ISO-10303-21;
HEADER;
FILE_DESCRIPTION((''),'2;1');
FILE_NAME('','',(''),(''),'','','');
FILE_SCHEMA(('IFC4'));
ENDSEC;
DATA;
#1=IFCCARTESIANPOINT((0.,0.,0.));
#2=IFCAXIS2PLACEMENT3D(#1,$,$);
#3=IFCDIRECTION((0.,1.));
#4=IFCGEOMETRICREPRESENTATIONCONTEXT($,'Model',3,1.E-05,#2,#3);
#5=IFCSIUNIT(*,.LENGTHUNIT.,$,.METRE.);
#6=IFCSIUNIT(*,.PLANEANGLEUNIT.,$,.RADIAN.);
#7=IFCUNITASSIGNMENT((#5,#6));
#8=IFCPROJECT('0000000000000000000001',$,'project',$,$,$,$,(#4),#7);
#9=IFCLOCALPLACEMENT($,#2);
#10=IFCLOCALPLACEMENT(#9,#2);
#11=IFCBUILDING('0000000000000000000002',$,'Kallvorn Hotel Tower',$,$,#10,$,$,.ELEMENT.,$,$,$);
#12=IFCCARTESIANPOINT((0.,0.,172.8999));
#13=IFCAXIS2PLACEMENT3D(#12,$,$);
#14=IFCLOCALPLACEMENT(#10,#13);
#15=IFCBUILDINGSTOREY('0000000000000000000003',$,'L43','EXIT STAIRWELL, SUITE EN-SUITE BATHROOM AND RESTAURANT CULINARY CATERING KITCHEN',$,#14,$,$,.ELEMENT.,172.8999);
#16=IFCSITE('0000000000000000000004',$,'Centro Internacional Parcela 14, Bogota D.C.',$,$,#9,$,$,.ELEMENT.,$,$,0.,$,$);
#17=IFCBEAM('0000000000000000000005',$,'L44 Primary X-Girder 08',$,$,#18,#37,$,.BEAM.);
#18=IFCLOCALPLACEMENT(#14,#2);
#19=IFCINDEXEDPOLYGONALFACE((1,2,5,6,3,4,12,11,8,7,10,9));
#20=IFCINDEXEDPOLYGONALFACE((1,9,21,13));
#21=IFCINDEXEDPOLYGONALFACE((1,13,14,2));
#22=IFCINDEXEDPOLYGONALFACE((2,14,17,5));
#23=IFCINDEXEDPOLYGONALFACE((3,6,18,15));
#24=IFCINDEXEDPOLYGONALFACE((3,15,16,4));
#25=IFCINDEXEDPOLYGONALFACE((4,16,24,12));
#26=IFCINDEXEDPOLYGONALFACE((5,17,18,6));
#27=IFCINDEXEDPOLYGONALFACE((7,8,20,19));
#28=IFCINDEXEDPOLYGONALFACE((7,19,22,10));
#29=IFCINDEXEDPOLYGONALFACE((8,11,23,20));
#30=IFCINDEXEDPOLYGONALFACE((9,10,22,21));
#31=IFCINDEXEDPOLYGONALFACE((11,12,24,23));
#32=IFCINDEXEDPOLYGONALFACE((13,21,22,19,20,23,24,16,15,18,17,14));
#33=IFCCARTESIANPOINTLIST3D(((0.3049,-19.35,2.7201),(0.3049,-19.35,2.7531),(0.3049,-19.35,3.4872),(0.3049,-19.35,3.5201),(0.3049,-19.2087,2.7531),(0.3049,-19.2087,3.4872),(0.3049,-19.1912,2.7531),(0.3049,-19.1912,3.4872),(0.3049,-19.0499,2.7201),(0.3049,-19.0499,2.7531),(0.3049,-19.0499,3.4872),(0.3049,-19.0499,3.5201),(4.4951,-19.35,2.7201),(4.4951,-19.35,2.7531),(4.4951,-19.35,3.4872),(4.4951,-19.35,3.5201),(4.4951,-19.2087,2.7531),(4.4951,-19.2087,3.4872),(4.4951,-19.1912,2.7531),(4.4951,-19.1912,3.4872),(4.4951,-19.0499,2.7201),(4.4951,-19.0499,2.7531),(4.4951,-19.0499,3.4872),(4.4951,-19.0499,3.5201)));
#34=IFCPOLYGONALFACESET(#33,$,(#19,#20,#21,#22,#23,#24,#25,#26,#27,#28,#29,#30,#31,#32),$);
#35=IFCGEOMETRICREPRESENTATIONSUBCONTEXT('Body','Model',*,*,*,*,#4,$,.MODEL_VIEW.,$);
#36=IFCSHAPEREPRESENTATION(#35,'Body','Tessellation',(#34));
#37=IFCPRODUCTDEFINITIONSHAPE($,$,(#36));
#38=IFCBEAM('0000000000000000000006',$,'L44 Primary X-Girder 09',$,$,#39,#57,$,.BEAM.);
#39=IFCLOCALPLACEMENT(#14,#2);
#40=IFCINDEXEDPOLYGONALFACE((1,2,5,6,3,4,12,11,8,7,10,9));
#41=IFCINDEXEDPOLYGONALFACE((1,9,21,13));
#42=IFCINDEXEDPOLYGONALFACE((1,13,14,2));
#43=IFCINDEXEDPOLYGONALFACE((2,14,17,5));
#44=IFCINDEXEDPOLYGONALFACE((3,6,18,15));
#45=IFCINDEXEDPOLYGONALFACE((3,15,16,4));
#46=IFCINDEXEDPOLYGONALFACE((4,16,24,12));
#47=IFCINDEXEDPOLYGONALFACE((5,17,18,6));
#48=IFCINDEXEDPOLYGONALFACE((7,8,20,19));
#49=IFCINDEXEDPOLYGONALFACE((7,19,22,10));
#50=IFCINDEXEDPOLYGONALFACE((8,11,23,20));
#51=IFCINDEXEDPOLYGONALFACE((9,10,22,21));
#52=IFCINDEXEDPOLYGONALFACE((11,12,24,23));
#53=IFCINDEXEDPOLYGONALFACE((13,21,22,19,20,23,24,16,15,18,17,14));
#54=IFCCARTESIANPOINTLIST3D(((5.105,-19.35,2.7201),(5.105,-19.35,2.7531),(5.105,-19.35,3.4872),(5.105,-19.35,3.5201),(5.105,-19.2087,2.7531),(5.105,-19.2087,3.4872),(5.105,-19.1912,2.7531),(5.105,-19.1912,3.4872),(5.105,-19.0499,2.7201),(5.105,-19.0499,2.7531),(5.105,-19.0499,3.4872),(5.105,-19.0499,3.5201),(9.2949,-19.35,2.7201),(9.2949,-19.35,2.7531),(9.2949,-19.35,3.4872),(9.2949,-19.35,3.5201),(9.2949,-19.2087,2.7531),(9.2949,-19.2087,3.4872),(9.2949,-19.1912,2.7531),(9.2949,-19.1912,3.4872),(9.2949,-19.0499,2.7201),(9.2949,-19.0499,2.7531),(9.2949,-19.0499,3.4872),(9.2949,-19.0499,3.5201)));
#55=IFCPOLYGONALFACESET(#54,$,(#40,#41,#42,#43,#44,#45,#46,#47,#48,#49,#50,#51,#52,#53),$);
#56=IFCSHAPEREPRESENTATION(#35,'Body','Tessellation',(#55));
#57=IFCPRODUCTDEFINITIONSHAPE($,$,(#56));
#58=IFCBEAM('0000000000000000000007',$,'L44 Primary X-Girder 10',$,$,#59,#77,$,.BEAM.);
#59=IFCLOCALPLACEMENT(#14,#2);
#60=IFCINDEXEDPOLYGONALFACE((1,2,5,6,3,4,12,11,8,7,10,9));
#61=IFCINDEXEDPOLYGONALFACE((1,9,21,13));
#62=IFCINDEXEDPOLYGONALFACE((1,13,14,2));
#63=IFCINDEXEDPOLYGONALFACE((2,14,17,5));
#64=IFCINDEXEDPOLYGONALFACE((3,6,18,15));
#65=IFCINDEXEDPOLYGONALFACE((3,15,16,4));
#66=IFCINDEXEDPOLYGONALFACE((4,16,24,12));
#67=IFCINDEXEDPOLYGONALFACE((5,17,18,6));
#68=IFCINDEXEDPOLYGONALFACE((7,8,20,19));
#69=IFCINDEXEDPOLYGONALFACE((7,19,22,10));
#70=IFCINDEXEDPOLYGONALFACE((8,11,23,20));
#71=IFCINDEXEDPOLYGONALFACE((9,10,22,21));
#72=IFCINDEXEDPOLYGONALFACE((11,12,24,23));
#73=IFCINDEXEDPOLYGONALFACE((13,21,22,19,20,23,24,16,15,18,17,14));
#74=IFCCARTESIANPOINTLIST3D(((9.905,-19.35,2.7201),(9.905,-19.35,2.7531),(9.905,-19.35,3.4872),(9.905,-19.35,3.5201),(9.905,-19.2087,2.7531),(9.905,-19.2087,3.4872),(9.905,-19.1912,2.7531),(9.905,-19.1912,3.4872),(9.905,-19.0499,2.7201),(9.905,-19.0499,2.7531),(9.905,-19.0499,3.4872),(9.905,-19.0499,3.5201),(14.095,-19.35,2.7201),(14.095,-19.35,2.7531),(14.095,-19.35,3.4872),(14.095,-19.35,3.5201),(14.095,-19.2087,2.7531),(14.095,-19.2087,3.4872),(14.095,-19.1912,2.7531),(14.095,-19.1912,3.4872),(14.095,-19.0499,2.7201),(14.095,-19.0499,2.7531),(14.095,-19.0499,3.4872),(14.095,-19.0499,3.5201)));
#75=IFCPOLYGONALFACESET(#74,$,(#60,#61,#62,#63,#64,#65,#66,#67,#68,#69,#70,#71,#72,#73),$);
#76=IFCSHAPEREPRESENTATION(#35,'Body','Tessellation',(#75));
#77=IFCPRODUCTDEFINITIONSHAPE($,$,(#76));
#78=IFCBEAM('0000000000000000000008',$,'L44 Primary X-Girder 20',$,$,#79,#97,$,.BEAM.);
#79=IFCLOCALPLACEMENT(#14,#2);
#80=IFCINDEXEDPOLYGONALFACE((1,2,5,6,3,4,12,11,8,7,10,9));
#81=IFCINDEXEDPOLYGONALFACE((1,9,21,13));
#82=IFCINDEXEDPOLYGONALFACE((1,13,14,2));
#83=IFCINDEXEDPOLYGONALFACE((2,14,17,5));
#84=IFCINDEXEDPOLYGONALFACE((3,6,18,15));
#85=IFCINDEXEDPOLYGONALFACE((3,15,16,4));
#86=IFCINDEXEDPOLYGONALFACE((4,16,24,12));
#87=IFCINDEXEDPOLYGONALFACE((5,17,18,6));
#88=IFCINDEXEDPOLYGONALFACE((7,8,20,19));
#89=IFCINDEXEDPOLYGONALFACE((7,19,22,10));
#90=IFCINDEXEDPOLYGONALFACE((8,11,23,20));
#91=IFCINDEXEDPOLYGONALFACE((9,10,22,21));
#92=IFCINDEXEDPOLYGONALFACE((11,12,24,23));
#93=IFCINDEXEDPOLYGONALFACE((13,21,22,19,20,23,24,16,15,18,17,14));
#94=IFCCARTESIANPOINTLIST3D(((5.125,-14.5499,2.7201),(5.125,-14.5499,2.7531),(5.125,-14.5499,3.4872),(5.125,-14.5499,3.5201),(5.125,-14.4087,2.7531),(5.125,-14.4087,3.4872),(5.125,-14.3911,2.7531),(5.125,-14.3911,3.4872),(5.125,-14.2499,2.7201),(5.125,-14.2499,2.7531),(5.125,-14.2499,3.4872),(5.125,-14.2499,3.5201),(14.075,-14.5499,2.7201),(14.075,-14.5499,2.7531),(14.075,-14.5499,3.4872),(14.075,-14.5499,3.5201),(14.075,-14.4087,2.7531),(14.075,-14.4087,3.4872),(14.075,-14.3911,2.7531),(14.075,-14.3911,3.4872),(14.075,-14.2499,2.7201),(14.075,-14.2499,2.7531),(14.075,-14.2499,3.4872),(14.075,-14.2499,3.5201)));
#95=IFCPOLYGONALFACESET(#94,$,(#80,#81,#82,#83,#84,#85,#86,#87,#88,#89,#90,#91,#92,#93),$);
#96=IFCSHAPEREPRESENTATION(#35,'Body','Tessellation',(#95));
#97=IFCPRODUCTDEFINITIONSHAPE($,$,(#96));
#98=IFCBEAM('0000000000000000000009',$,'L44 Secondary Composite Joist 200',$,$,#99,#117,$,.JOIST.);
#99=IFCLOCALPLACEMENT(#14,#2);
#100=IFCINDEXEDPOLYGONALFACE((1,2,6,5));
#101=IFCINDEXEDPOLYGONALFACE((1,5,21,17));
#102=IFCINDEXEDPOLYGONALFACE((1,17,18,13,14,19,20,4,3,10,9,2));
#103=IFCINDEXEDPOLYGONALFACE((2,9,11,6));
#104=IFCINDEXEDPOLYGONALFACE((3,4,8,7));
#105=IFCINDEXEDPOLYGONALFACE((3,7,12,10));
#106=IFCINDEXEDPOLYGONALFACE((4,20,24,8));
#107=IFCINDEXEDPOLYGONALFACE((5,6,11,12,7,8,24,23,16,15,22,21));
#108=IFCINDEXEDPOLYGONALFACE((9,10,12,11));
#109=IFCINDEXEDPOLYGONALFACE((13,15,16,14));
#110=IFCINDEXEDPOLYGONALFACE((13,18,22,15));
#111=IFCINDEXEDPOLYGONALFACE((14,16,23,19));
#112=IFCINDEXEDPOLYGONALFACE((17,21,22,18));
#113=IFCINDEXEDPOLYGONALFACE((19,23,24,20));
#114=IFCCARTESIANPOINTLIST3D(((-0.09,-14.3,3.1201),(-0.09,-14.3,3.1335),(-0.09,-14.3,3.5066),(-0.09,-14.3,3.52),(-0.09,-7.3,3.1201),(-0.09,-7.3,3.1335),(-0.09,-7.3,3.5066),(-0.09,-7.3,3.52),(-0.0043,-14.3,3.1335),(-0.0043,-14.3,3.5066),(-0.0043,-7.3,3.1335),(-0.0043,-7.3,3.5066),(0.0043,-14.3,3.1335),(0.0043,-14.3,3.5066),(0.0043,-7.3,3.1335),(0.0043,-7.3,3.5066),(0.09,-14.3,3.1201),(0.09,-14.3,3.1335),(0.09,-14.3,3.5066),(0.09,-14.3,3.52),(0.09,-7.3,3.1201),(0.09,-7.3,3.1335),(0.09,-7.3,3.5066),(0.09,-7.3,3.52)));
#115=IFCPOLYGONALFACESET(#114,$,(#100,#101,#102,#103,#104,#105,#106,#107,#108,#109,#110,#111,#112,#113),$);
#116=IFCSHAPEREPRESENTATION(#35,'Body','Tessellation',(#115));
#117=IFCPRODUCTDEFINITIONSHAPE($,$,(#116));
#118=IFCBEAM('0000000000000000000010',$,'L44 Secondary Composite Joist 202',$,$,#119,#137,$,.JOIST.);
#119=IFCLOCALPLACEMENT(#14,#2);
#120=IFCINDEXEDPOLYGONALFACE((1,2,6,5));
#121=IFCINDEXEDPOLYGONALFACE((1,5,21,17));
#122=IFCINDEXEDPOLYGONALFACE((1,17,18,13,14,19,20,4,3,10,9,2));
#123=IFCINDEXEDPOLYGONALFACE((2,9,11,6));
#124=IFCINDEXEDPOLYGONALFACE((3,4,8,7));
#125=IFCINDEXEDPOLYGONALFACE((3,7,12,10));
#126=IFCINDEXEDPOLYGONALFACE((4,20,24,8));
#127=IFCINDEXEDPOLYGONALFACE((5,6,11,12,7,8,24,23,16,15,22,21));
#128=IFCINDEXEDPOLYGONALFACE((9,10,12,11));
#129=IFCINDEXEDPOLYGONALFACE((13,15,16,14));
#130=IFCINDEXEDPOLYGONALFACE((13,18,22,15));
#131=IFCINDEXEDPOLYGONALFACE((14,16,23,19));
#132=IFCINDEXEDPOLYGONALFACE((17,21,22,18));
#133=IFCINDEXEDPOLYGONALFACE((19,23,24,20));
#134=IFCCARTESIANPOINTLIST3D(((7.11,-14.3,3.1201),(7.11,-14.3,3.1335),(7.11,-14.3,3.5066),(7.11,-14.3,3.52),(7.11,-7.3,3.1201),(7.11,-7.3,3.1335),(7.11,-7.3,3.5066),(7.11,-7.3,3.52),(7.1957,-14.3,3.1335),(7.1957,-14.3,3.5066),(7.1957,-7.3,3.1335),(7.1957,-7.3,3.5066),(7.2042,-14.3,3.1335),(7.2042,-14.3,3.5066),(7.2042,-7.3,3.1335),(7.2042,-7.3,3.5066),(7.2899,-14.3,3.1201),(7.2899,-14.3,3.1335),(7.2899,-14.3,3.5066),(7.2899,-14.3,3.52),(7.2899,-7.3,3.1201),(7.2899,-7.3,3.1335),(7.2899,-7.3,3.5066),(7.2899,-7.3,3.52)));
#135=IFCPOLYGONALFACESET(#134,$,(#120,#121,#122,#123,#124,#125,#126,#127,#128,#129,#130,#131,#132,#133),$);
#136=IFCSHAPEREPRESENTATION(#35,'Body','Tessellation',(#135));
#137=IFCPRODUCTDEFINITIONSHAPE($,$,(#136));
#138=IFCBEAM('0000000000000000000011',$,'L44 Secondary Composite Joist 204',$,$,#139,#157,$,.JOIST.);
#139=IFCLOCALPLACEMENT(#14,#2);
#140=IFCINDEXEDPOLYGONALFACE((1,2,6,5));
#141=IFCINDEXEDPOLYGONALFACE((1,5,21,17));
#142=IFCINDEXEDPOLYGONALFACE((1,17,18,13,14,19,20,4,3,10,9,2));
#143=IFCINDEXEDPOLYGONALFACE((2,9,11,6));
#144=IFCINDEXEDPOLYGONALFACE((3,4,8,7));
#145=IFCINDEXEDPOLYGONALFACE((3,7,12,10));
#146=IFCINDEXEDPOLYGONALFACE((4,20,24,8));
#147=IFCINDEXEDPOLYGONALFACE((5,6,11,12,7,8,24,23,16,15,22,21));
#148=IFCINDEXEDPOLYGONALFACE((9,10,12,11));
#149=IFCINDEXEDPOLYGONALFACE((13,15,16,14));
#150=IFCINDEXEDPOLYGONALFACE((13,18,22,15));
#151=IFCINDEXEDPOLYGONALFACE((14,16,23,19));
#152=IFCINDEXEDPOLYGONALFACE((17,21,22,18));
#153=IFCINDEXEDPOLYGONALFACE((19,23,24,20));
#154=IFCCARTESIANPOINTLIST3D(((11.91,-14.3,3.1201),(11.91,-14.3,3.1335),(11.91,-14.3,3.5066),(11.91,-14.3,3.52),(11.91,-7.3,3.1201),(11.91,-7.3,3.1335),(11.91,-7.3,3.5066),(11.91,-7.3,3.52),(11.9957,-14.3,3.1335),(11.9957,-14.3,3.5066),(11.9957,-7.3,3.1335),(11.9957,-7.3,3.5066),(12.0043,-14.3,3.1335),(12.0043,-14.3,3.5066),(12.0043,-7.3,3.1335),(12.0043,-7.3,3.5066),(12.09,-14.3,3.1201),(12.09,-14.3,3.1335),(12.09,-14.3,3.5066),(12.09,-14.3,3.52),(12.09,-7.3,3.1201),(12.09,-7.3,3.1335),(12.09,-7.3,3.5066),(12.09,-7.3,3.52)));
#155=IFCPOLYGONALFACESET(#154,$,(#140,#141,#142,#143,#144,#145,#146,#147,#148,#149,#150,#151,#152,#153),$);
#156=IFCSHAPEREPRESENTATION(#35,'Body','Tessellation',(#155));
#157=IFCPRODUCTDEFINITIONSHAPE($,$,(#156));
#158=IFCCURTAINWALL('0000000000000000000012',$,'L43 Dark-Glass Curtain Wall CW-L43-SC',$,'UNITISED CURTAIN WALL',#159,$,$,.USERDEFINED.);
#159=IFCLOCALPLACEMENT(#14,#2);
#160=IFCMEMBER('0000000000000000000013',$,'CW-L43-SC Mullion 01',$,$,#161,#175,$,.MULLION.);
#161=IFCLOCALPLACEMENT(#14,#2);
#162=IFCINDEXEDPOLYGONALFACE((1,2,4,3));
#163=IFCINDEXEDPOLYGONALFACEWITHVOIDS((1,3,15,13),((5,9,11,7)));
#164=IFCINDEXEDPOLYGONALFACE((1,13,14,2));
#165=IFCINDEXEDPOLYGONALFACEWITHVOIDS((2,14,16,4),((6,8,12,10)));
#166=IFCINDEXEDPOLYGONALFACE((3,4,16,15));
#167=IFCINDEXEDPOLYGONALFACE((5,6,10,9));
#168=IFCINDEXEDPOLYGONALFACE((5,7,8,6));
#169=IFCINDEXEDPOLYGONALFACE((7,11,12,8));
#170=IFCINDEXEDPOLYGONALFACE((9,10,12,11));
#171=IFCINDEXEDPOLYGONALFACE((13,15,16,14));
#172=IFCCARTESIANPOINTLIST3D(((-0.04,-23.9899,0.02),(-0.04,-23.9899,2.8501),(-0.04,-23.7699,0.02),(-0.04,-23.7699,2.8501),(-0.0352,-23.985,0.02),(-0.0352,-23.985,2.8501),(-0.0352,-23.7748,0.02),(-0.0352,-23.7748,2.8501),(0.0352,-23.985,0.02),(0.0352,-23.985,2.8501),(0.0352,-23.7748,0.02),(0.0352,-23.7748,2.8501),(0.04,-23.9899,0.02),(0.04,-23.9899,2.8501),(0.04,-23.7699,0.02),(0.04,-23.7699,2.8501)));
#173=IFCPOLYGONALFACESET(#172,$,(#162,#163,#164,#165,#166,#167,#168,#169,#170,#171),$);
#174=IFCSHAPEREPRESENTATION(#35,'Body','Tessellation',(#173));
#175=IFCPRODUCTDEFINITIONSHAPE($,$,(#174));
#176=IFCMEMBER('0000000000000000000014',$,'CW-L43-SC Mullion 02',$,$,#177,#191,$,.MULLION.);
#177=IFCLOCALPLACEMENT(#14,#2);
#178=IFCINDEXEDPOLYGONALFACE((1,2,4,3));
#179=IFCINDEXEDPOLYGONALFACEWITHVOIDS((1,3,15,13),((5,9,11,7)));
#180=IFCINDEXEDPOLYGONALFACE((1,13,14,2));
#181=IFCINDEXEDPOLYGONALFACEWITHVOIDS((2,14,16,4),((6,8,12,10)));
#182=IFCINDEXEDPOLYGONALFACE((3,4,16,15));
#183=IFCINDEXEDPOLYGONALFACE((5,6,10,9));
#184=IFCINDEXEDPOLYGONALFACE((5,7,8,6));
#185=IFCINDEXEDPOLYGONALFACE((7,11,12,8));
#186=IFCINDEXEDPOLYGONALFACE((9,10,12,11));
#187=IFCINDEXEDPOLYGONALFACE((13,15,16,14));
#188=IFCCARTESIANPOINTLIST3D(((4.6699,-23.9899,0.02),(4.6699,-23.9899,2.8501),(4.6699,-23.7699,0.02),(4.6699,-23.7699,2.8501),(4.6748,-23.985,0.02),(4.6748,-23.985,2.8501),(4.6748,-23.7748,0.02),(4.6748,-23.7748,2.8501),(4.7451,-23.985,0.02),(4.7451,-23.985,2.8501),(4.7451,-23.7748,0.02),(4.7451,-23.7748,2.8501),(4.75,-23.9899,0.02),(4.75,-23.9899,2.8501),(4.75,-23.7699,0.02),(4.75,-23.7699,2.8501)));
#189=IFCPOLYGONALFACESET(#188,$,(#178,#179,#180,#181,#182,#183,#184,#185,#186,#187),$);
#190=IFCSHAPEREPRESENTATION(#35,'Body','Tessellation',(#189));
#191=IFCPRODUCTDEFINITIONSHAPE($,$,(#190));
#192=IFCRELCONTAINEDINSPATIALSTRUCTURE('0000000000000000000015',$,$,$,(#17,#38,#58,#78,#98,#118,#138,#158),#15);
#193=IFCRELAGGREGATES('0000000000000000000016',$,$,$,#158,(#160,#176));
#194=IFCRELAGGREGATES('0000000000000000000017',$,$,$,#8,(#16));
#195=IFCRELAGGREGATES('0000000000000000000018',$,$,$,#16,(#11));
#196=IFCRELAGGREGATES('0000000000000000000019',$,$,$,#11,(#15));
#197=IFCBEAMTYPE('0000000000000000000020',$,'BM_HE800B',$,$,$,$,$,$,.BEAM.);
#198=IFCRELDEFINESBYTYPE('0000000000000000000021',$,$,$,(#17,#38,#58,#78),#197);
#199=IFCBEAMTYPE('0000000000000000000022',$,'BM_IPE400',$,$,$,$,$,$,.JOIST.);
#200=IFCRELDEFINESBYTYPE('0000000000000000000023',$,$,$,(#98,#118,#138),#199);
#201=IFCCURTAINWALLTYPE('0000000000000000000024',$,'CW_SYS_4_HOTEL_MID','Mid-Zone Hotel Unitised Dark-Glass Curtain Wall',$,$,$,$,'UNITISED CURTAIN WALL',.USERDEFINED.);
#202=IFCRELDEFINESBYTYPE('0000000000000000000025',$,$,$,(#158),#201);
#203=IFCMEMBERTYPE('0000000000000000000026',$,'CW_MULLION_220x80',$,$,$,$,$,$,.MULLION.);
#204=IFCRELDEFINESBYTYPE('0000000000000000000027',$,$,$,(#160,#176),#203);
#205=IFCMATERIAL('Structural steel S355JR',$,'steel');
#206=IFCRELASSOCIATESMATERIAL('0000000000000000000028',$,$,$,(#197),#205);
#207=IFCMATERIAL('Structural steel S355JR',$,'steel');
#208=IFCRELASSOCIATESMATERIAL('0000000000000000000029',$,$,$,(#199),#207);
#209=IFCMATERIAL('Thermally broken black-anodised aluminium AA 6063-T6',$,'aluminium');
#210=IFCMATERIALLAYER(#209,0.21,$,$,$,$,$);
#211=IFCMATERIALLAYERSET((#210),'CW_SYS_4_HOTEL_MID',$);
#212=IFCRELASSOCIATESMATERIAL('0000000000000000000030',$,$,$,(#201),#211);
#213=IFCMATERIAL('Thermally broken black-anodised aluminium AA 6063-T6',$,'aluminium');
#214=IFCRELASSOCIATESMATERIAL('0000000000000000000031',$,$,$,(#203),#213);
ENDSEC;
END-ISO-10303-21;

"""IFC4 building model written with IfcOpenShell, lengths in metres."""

from ifc_helpers import new_model, si_unit, direction, frame, origin, origin_2d, place, context, subcontext, project, spatial, hollow_rectangle, i_section, extrude, material, layer, layer_set, material_profile, profile_set, type_object, element, aggregate, save


model = new_model("IFC4")

# Units and contexts
model_context = context("Model", 3, precision=1e-05, world=origin(), true_north=direction((0.0, 1.0)))
body_context = subcontext(model_context, "Body", "Model", "MODEL_VIEW")
ifc_project = project(units=[si_unit("LENGTHUNIT", "METRE"), si_unit("PLANEANGLEUNIT", "RADIAN")], contexts=[model_context])

# Site, building, storey
site_placement = place(None, origin())
site = spatial("IfcSite", under=ifc_project, at=site_placement, Name="Centro Internacional Parcela 14, Bogota D.C.", CompositionType="ELEMENT", RefElevation=0.0)
building_placement = place(site_placement, origin())
building = spatial("IfcBuilding", under=site, at=building_placement, Name="Kallvorn Hotel Tower", CompositionType="ELEMENT")
storey_placement = place(building_placement, frame((0.0, 0.0, 172.8999)))
storey = spatial("IfcBuildingStorey", under=building, at=storey_placement, Name="L43", Description="EXIT STAIRWELL, SUITE EN-SUITE BATHROOM AND RESTAURANT CULINARY CATERING KITCHEN", CompositionType="ELEMENT", Elevation=172.8999)

# Beams
ifc_material_1 = material(Name="Structural steel S355JR", Category="steel")
ifc_material_profile_1 = material_profile(ifc_material_1, i_section(OverallWidth=0.3, OverallDepth=0.8, WebThickness=0.0176, FlangeThickness=0.033, at=origin_2d()), Name="HE 800 B")
ifc_profile_set_1 = profile_set([ifc_material_profile_1], Name="Structural steel S355JR")
beam_type_1 = type_object("IfcBeamType", Name="BM_HE800B", PredefinedType="BEAM", material=ifc_profile_set_1)
beam_1_placement = place(storey_placement, frame((0.3049, -19.2, 3.1201), z_axis=(1.0, 0.0, 0.0), x_axis=(0.0, 1.0, 0.0)))
element("IfcBeam", 1, at=beam_1_placement, inside=storey, type_object=beam_type_1, Name="L44 Primary X-Girder 08", PredefinedType="BEAM", context=body_context, shape_type="SweptSolid", body=[
    extrude(i_section(OverallWidth=0.3, OverallDepth=0.8, WebThickness=0.0176, FlangeThickness=0.033, at=origin_2d()), origin(), (0.0, 0.0, 1.0), 4.1902),
])
for number, where, z_axis, x_axis, name in (
    (2, (5.105, -19.2, 3.1201), (1.0, 0.0, 0.0), (0.0, 1.0, 0.0), "L44 Primary X-Girder 09"),
    (3, (9.905, -19.2, 3.1201), (1.0, 0.0, 0.0), (0.0, 1.0, 0.0), "L44 Primary X-Girder 10"),
):
    element("IfcBeam", number, at=place(storey_placement, frame(where, z_axis=z_axis, x_axis=x_axis)), inside=storey, type_object=beam_type_1, Name=name, PredefinedType="BEAM", context=body_context, shape_type="SweptSolid", body=[
        extrude(i_section(OverallWidth=0.3, OverallDepth=0.8, WebThickness=0.0176, FlangeThickness=0.033, at=origin_2d()), origin(), (0.0, 0.0, 1.0), 4.1899),
    ])
beam_2_placement = place(storey_placement, frame((5.125, -14.3999, 3.1201), z_axis=(1.0, 0.0, 0.0), x_axis=(0.0, 1.0, 0.0)))
element("IfcBeam", 4, at=beam_2_placement, inside=storey, type_object=beam_type_1, Name="L44 Primary X-Girder 20", PredefinedType="BEAM", context=body_context, shape_type="SweptSolid", body=[
    extrude(i_section(OverallWidth=0.3, OverallDepth=0.8, WebThickness=0.0176, FlangeThickness=0.033, at=origin_2d()), origin(), (0.0, 0.0, 1.0), 8.95),
])
ifc_material_2 = material(Name="Structural steel S355JR", Category="steel")
ifc_material_profile_2 = material_profile(ifc_material_2, i_section(OverallWidth=0.1799, OverallDepth=0.3999, WebThickness=0.0085, FlangeThickness=0.0134, at=origin_2d()), Name="IPE 400")
ifc_profile_set_2 = profile_set([ifc_material_profile_2], Name="Structural steel S355JR")
beam_type_2 = type_object("IfcBeamType", Name="BM_IPE400", PredefinedType="JOIST", material=ifc_profile_set_2)
for number, where, z_axis, x_axis, name in (
    (5, (0.0, -14.3, 3.3201), (0.0, 1.0, 0.0), (-1.0, 0.0, 0.0), "L44 Secondary Composite Joist 200"),
    (6, (7.2, -14.3, 3.3201), (0.0, 1.0, 0.0), (-1.0, 0.0, 0.0), "L44 Secondary Composite Joist 202"),
    (7, (12.0, -14.3, 3.3201), (0.0, 1.0, 0.0), (-1.0, 0.0, 0.0), "L44 Secondary Composite Joist 204"),
):
    element("IfcBeam", number, at=place(storey_placement, frame(where, z_axis=z_axis, x_axis=x_axis)), inside=storey, type_object=beam_type_2, Name=name, PredefinedType="JOIST", context=body_context, shape_type="SweptSolid", body=[
        extrude(i_section(OverallWidth=0.1799, OverallDepth=0.3999, WebThickness=0.0085, FlangeThickness=0.0134, at=origin_2d()), origin(), (0.0, 0.0, 1.0), 7.0),
    ])

# Curtain wall, members
ifc_material_3 = material(Name="Thermally broken black-anodised aluminium AA 6063-T6", Category="aluminium")
ifc_layer_1 = layer(ifc_material_3, 0.21)
ifc_layer_set_1 = layer_set([ifc_layer_1], Name="CW_SYS_4_HOTEL_MID")
curtain_wall_type = type_object("IfcCurtainWallType", Name="CW_SYS_4_HOTEL_MID", Description="Mid-Zone Hotel Unitised Dark-Glass Curtain Wall", ElementType="UNITISED CURTAIN WALL", PredefinedType="USERDEFINED", material=ifc_layer_set_1)
curtain_wall_placement = place(storey_placement, origin())
curtain_wall = element("IfcCurtainWall", 8, at=curtain_wall_placement, inside=storey, type_object=curtain_wall_type, Name="L43 Dark-Glass Curtain Wall CW-L43-SC", ObjectType="UNITISED CURTAIN WALL", PredefinedType="USERDEFINED")
ifc_material_4 = material(Name="Thermally broken black-anodised aluminium AA 6063-T6", Category="aluminium")
ifc_material_profile_3 = material_profile(ifc_material_4, hollow_rectangle(XDim=0.0801, YDim=0.22, WallThickness=0.0049, at=origin_2d()), Name="MUL 220x80")
ifc_profile_set_3 = profile_set([ifc_material_profile_3], Name="Thermally broken black-anodised aluminium AA 6063-T6")
member_type_1 = type_object("IfcMemberType", Name="CW_MULLION_220x80", PredefinedType="MULLION", material=ifc_profile_set_3)
member_1_placement = place(storey_placement, frame((0.0, -23.8799, 0.02), z_axis=(0.0, 0.0, 1.0), x_axis=(1.0, 0.0, 0.0)))
member_1 = element("IfcMember", 9, at=member_1_placement, type_object=member_type_1, Name="CW-L43-SC Mullion 01", PredefinedType="MULLION", context=body_context, shape_type="SweptSolid", body=[
    extrude(hollow_rectangle(XDim=0.0801, YDim=0.22, WallThickness=0.0049, at=origin_2d()), origin(), (0.0, 0.0, 1.0), 2.8301),
])
member_2_placement = place(storey_placement, frame((4.71, -23.8799, 0.02), z_axis=(0.0, 0.0, 1.0), x_axis=(1.0, 0.0, 0.0)))
member_2 = element("IfcMember", 10, at=member_2_placement, type_object=member_type_1, Name="CW-L43-SC Mullion 02", PredefinedType="MULLION", context=body_context, shape_type="SweptSolid", body=[
    extrude(hollow_rectangle(XDim=0.0801, YDim=0.22, WallThickness=0.0049, at=origin_2d()), origin(), (0.0, 0.0, 1.0), 2.8301),
])
aggregate(curtain_wall, [member_1, member_2])

save(model, "model.ifc")
